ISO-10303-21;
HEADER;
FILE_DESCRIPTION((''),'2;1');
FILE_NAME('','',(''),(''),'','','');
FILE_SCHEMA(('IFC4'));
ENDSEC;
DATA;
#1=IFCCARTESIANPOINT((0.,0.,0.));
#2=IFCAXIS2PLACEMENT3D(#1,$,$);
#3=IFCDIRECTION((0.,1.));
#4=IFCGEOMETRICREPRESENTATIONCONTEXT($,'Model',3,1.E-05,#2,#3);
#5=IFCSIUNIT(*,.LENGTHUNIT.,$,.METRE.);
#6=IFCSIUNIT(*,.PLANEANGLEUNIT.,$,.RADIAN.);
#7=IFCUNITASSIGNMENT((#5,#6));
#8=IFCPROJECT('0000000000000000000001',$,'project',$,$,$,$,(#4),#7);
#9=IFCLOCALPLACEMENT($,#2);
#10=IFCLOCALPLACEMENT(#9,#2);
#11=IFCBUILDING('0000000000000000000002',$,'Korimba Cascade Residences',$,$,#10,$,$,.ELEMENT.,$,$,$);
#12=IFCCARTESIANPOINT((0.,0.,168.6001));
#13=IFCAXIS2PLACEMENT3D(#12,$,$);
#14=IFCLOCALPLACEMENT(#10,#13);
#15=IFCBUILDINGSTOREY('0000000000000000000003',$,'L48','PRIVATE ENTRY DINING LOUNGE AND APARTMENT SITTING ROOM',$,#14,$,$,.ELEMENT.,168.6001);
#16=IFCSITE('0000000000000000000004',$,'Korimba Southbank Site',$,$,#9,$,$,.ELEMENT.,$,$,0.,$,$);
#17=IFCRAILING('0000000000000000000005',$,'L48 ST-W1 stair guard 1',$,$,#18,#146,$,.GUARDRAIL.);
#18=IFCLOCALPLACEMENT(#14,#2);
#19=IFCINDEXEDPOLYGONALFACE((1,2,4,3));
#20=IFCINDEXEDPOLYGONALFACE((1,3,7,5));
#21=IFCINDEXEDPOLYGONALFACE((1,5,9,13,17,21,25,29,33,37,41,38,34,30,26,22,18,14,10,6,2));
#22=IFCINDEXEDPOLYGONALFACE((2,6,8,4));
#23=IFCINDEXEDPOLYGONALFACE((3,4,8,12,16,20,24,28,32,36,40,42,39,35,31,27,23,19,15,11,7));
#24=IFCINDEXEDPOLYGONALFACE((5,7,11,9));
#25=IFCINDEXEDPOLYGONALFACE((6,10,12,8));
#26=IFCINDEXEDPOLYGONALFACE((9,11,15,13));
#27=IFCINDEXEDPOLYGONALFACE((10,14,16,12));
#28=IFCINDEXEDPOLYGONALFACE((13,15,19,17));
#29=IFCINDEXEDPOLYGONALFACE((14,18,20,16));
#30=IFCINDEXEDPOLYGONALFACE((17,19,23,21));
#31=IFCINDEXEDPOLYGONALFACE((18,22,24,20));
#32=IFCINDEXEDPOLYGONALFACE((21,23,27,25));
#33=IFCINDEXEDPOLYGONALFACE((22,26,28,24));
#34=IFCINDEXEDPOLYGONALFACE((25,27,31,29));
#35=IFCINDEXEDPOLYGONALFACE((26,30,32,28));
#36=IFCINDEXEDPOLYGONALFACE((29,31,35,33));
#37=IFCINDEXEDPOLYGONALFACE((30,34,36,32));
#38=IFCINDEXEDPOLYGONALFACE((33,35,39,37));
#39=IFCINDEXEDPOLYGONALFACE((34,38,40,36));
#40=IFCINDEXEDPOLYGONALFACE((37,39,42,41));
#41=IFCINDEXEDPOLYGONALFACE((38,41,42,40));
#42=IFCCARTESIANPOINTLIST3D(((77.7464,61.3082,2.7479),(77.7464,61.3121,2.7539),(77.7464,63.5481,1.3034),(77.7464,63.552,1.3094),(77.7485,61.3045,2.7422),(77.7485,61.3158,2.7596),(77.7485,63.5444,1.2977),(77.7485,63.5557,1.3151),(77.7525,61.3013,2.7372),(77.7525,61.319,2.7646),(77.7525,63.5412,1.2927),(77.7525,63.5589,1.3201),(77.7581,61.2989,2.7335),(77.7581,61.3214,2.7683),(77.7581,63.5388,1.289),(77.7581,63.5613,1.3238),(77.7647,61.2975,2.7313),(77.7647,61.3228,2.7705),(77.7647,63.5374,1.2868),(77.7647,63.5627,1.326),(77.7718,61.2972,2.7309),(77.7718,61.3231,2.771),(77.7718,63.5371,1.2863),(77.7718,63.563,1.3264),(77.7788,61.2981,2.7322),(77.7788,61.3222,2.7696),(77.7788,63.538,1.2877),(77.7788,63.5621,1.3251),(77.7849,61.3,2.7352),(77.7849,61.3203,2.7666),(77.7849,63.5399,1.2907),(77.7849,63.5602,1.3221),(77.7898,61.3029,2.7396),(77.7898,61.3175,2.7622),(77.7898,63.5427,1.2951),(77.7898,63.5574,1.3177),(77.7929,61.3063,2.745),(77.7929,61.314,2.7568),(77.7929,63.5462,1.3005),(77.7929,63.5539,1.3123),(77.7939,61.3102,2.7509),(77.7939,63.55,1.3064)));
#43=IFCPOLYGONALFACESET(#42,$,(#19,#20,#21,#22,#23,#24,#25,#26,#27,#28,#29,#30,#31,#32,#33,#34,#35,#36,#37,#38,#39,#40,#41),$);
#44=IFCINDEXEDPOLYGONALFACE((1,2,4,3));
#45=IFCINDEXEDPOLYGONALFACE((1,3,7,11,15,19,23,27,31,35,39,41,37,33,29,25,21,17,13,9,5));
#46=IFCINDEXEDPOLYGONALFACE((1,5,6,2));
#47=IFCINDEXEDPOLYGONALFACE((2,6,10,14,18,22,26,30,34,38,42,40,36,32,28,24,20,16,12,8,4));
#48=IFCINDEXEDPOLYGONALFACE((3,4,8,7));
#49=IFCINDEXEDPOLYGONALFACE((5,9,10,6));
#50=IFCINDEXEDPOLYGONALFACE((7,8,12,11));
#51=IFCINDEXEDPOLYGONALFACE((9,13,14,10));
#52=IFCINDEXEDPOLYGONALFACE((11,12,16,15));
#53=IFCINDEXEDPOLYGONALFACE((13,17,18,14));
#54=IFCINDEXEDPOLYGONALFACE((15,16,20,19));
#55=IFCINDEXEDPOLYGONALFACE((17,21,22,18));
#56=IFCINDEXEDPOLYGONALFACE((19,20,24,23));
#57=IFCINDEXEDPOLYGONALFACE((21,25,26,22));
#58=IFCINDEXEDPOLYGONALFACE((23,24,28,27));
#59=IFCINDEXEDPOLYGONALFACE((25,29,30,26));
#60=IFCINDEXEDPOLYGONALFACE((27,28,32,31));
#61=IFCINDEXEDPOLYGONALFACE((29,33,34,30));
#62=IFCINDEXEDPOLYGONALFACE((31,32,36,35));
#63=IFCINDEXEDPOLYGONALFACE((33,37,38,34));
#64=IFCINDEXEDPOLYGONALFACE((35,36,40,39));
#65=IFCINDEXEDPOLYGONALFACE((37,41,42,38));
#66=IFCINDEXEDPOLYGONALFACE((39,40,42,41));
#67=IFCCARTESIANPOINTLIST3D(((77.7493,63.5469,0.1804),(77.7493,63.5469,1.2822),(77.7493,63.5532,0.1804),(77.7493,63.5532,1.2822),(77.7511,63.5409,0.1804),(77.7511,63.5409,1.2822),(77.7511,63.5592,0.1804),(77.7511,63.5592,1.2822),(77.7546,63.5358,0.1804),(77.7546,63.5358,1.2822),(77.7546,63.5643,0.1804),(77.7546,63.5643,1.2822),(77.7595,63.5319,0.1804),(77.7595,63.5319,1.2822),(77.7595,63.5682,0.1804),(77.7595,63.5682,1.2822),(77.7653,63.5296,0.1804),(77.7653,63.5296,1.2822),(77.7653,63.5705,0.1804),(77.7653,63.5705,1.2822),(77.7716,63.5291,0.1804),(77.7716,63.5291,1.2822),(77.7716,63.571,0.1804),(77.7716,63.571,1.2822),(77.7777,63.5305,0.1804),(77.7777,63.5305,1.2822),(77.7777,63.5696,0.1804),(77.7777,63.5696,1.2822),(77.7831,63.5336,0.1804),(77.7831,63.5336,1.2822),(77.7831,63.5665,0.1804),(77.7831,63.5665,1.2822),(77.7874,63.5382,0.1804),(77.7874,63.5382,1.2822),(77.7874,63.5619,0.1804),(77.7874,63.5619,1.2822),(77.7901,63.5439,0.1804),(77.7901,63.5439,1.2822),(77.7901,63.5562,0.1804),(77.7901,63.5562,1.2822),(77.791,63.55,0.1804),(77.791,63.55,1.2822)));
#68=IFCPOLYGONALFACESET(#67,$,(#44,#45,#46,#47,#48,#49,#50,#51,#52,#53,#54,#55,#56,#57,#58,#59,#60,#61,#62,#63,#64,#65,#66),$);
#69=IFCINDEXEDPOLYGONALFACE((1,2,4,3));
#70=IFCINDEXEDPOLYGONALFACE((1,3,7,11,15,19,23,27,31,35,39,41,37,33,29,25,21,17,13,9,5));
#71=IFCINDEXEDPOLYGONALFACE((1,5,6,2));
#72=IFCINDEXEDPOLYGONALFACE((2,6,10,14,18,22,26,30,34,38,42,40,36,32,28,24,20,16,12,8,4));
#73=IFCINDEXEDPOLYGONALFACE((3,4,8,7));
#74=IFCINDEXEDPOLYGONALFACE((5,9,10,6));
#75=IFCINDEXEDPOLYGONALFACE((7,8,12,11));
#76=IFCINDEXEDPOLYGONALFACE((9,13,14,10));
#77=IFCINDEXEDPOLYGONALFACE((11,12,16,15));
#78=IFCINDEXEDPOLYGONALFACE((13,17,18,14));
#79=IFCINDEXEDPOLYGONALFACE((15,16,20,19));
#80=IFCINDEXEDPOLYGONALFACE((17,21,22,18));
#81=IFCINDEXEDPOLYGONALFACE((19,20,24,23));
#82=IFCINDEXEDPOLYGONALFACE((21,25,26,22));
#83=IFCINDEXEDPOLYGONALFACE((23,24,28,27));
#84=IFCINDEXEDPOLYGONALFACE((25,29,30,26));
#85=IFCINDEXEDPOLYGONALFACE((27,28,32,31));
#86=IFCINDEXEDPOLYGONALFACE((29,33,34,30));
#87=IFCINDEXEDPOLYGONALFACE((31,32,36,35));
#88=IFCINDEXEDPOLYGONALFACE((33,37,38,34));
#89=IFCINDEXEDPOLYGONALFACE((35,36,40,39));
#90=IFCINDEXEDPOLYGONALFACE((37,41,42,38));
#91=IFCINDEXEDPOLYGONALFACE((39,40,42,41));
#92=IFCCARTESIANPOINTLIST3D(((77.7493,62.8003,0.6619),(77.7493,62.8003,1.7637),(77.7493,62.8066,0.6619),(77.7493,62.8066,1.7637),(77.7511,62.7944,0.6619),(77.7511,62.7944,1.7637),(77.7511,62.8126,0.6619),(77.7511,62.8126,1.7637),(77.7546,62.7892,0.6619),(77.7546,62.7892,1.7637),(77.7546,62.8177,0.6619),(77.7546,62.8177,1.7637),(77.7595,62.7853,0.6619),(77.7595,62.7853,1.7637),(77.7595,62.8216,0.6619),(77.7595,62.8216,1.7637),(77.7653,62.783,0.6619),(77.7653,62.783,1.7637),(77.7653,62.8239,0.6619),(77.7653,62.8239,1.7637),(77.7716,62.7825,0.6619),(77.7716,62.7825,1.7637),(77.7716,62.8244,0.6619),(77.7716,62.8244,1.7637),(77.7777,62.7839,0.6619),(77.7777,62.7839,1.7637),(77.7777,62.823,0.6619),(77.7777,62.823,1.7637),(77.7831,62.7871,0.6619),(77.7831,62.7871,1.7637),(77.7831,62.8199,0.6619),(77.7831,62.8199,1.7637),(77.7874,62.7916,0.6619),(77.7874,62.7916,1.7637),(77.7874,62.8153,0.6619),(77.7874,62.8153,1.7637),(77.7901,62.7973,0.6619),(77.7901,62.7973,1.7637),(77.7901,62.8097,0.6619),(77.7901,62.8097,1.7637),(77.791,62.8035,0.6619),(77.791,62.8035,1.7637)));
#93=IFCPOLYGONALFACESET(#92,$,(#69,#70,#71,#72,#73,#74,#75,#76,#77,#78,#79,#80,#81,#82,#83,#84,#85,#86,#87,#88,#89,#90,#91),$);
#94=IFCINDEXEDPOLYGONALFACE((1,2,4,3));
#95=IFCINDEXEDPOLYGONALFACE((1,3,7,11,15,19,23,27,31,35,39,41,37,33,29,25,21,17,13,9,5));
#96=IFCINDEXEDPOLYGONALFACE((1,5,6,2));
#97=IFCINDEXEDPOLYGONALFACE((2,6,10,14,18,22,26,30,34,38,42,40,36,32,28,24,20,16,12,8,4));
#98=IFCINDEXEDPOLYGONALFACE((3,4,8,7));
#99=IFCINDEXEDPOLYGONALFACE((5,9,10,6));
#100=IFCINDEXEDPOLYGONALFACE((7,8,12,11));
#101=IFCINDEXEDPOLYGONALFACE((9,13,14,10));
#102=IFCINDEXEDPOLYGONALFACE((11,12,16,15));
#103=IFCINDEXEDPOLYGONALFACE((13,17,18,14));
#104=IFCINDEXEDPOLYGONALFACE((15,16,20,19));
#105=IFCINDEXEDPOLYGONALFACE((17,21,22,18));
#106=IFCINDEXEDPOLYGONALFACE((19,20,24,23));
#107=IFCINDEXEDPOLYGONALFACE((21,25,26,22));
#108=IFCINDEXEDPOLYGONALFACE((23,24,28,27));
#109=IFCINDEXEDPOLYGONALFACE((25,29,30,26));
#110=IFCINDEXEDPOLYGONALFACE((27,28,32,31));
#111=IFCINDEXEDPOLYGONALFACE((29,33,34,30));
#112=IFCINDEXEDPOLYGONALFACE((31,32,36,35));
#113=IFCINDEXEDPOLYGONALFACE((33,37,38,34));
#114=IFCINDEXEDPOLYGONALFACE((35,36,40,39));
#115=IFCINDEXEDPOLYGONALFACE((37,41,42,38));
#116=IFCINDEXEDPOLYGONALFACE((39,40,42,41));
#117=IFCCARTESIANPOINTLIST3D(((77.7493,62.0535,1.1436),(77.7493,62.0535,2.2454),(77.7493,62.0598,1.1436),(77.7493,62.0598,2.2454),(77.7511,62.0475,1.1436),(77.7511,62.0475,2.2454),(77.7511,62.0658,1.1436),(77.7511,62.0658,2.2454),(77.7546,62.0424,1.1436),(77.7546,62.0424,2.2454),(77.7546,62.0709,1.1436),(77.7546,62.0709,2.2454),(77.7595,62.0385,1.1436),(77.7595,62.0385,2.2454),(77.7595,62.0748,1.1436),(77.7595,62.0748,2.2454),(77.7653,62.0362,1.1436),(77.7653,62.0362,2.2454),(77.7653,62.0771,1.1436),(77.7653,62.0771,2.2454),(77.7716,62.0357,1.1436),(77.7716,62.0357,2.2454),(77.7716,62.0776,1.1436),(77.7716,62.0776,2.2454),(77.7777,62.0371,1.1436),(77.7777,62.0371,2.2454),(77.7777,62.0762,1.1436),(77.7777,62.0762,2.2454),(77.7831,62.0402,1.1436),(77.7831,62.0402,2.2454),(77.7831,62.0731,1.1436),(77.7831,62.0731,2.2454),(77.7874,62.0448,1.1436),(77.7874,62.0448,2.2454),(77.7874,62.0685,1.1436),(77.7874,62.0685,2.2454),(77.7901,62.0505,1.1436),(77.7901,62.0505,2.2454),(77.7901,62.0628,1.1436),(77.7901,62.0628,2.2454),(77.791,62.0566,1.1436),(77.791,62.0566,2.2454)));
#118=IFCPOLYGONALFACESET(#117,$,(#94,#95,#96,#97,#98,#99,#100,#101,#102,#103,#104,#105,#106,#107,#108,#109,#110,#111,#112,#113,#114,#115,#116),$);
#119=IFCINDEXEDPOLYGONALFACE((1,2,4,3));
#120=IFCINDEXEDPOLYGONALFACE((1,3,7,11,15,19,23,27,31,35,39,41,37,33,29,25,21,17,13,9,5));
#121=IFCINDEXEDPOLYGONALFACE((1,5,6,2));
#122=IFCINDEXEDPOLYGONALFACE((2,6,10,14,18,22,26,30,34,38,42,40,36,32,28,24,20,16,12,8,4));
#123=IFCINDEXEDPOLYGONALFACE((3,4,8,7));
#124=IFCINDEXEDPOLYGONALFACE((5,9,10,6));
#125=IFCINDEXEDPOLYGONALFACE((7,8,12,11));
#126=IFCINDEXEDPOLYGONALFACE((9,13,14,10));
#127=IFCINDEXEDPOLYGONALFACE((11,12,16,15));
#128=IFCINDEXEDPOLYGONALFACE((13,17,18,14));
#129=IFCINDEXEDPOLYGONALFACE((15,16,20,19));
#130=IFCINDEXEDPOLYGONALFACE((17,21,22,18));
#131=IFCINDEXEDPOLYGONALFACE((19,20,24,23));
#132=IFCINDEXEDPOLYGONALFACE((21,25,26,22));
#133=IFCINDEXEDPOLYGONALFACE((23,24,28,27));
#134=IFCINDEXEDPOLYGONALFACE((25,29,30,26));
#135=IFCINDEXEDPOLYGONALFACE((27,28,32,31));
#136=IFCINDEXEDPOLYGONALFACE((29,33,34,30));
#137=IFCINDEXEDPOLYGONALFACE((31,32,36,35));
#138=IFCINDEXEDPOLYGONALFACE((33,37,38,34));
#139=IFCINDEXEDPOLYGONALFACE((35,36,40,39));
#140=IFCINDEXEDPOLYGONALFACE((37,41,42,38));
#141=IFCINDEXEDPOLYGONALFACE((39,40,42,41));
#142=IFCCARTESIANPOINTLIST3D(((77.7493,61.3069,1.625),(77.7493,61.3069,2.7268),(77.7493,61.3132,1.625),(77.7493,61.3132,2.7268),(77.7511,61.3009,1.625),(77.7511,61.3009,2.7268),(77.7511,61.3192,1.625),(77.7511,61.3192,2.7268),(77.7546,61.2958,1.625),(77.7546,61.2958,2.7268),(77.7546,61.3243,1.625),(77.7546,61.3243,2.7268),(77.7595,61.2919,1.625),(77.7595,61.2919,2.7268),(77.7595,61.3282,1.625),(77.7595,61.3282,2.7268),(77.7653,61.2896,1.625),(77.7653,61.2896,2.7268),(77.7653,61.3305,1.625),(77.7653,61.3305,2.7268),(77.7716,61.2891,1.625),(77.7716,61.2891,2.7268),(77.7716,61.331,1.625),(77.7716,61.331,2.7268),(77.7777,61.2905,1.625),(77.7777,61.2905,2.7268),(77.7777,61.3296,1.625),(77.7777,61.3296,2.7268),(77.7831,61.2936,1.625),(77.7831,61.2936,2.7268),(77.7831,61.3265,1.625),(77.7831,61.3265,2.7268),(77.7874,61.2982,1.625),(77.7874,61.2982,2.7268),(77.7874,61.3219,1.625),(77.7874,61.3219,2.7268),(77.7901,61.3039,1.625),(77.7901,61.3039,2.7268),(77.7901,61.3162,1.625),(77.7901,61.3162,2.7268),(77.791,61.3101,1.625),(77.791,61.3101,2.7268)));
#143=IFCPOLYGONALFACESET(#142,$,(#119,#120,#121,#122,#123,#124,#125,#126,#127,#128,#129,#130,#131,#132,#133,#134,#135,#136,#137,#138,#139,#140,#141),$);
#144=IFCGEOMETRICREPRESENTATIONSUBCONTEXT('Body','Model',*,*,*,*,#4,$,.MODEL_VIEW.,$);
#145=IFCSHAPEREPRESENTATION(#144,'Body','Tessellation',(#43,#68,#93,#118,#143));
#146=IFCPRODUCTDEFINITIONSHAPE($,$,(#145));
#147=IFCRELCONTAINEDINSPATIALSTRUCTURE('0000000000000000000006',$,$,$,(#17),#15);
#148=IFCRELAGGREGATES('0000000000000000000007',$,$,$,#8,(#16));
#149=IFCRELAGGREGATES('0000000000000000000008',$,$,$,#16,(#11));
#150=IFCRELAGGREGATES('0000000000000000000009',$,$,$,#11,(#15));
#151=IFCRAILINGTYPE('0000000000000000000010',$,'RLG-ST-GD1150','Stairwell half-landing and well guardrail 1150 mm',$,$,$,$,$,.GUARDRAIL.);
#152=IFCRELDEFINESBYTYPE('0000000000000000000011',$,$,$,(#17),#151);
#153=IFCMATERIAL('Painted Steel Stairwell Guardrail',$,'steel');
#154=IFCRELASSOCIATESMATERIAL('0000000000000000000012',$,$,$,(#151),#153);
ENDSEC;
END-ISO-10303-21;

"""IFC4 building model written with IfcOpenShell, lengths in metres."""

from ifc_helpers import new_model, si_unit, direction, frame, origin, origin_2d, place, context, subcontext, project, spatial, circle, extrude, material, type_object, element, save


model = new_model("IFC4")

# Units and contexts
model_context = context("Model", 3, precision=1e-05, world=origin(), true_north=direction((0.0, 1.0)))
body_context = subcontext(model_context, "Body", "Model", "MODEL_VIEW")
ifc_project = project(units=[si_unit("LENGTHUNIT", "METRE"), si_unit("PLANEANGLEUNIT", "RADIAN")], contexts=[model_context])

# Site, building, storey
site_placement = place(None, origin())
site = spatial("IfcSite", under=ifc_project, at=site_placement, Name="Korimba Southbank Site", CompositionType="ELEMENT", RefElevation=0.0)
building_placement = place(site_placement, origin())
building = spatial("IfcBuilding", under=site, at=building_placement, Name="Korimba Cascade Residences", CompositionType="ELEMENT")
storey_placement = place(building_placement, frame((0.0, 0.0, 168.6001)))
storey = spatial("IfcBuildingStorey", under=building, at=storey_placement, Name="L48", Description="PRIVATE ENTRY DINING LOUNGE AND APARTMENT SITTING ROOM", CompositionType="ELEMENT", Elevation=168.6001)

# Railing
ifc_material_1 = material(Name="Painted Steel Stairwell Guardrail", Category="steel")
railing_type_1 = type_object("IfcRailingType", Name="RLG-ST-GD1150", Description="Stairwell half-landing and well guardrail 1150 mm", PredefinedType="GUARDRAIL", material=ifc_material_1)
railing_1_placement = place(storey_placement, frame((77.77, 63.55, 0.1804)))
element("IfcRailing", 1, at=railing_1_placement, inside=storey, type_object=railing_type_1, Name="L48 ST-W1 stair guard 1", PredefinedType="GUARDRAIL", context=body_context, shape_type="SweptSolid", body=[
    extrude(circle(Radius=0.0239, at=origin_2d()), frame((0.0, 0.0, 1.126), z_axis=(0.0, -0.840395, 0.541975), x_axis=(1.0, 0.0, 0.0)), (0.0, 0.0, 1.0), 2.6653),
    extrude(circle(Radius=0.021, at=origin_2d()), origin(), (0.0, 0.0, 1.0), 1.1018),
    extrude(circle(Radius=0.021, at=origin_2d()), frame((0.0, -0.7466, 0.4814)), (0.0, 0.0, 1.0), 1.1018),
    extrude(circle(Radius=0.021, at=origin_2d()), frame((0.0, -1.4934, 0.9631)), (0.0, 0.0, 1.0), 1.1018),
    extrude(circle(Radius=0.021, at=origin_2d()), frame((0.0, -2.24, 1.4446)), (0.0, 0.0, 1.0), 1.1018),
])

save(model, "model.ifc")
